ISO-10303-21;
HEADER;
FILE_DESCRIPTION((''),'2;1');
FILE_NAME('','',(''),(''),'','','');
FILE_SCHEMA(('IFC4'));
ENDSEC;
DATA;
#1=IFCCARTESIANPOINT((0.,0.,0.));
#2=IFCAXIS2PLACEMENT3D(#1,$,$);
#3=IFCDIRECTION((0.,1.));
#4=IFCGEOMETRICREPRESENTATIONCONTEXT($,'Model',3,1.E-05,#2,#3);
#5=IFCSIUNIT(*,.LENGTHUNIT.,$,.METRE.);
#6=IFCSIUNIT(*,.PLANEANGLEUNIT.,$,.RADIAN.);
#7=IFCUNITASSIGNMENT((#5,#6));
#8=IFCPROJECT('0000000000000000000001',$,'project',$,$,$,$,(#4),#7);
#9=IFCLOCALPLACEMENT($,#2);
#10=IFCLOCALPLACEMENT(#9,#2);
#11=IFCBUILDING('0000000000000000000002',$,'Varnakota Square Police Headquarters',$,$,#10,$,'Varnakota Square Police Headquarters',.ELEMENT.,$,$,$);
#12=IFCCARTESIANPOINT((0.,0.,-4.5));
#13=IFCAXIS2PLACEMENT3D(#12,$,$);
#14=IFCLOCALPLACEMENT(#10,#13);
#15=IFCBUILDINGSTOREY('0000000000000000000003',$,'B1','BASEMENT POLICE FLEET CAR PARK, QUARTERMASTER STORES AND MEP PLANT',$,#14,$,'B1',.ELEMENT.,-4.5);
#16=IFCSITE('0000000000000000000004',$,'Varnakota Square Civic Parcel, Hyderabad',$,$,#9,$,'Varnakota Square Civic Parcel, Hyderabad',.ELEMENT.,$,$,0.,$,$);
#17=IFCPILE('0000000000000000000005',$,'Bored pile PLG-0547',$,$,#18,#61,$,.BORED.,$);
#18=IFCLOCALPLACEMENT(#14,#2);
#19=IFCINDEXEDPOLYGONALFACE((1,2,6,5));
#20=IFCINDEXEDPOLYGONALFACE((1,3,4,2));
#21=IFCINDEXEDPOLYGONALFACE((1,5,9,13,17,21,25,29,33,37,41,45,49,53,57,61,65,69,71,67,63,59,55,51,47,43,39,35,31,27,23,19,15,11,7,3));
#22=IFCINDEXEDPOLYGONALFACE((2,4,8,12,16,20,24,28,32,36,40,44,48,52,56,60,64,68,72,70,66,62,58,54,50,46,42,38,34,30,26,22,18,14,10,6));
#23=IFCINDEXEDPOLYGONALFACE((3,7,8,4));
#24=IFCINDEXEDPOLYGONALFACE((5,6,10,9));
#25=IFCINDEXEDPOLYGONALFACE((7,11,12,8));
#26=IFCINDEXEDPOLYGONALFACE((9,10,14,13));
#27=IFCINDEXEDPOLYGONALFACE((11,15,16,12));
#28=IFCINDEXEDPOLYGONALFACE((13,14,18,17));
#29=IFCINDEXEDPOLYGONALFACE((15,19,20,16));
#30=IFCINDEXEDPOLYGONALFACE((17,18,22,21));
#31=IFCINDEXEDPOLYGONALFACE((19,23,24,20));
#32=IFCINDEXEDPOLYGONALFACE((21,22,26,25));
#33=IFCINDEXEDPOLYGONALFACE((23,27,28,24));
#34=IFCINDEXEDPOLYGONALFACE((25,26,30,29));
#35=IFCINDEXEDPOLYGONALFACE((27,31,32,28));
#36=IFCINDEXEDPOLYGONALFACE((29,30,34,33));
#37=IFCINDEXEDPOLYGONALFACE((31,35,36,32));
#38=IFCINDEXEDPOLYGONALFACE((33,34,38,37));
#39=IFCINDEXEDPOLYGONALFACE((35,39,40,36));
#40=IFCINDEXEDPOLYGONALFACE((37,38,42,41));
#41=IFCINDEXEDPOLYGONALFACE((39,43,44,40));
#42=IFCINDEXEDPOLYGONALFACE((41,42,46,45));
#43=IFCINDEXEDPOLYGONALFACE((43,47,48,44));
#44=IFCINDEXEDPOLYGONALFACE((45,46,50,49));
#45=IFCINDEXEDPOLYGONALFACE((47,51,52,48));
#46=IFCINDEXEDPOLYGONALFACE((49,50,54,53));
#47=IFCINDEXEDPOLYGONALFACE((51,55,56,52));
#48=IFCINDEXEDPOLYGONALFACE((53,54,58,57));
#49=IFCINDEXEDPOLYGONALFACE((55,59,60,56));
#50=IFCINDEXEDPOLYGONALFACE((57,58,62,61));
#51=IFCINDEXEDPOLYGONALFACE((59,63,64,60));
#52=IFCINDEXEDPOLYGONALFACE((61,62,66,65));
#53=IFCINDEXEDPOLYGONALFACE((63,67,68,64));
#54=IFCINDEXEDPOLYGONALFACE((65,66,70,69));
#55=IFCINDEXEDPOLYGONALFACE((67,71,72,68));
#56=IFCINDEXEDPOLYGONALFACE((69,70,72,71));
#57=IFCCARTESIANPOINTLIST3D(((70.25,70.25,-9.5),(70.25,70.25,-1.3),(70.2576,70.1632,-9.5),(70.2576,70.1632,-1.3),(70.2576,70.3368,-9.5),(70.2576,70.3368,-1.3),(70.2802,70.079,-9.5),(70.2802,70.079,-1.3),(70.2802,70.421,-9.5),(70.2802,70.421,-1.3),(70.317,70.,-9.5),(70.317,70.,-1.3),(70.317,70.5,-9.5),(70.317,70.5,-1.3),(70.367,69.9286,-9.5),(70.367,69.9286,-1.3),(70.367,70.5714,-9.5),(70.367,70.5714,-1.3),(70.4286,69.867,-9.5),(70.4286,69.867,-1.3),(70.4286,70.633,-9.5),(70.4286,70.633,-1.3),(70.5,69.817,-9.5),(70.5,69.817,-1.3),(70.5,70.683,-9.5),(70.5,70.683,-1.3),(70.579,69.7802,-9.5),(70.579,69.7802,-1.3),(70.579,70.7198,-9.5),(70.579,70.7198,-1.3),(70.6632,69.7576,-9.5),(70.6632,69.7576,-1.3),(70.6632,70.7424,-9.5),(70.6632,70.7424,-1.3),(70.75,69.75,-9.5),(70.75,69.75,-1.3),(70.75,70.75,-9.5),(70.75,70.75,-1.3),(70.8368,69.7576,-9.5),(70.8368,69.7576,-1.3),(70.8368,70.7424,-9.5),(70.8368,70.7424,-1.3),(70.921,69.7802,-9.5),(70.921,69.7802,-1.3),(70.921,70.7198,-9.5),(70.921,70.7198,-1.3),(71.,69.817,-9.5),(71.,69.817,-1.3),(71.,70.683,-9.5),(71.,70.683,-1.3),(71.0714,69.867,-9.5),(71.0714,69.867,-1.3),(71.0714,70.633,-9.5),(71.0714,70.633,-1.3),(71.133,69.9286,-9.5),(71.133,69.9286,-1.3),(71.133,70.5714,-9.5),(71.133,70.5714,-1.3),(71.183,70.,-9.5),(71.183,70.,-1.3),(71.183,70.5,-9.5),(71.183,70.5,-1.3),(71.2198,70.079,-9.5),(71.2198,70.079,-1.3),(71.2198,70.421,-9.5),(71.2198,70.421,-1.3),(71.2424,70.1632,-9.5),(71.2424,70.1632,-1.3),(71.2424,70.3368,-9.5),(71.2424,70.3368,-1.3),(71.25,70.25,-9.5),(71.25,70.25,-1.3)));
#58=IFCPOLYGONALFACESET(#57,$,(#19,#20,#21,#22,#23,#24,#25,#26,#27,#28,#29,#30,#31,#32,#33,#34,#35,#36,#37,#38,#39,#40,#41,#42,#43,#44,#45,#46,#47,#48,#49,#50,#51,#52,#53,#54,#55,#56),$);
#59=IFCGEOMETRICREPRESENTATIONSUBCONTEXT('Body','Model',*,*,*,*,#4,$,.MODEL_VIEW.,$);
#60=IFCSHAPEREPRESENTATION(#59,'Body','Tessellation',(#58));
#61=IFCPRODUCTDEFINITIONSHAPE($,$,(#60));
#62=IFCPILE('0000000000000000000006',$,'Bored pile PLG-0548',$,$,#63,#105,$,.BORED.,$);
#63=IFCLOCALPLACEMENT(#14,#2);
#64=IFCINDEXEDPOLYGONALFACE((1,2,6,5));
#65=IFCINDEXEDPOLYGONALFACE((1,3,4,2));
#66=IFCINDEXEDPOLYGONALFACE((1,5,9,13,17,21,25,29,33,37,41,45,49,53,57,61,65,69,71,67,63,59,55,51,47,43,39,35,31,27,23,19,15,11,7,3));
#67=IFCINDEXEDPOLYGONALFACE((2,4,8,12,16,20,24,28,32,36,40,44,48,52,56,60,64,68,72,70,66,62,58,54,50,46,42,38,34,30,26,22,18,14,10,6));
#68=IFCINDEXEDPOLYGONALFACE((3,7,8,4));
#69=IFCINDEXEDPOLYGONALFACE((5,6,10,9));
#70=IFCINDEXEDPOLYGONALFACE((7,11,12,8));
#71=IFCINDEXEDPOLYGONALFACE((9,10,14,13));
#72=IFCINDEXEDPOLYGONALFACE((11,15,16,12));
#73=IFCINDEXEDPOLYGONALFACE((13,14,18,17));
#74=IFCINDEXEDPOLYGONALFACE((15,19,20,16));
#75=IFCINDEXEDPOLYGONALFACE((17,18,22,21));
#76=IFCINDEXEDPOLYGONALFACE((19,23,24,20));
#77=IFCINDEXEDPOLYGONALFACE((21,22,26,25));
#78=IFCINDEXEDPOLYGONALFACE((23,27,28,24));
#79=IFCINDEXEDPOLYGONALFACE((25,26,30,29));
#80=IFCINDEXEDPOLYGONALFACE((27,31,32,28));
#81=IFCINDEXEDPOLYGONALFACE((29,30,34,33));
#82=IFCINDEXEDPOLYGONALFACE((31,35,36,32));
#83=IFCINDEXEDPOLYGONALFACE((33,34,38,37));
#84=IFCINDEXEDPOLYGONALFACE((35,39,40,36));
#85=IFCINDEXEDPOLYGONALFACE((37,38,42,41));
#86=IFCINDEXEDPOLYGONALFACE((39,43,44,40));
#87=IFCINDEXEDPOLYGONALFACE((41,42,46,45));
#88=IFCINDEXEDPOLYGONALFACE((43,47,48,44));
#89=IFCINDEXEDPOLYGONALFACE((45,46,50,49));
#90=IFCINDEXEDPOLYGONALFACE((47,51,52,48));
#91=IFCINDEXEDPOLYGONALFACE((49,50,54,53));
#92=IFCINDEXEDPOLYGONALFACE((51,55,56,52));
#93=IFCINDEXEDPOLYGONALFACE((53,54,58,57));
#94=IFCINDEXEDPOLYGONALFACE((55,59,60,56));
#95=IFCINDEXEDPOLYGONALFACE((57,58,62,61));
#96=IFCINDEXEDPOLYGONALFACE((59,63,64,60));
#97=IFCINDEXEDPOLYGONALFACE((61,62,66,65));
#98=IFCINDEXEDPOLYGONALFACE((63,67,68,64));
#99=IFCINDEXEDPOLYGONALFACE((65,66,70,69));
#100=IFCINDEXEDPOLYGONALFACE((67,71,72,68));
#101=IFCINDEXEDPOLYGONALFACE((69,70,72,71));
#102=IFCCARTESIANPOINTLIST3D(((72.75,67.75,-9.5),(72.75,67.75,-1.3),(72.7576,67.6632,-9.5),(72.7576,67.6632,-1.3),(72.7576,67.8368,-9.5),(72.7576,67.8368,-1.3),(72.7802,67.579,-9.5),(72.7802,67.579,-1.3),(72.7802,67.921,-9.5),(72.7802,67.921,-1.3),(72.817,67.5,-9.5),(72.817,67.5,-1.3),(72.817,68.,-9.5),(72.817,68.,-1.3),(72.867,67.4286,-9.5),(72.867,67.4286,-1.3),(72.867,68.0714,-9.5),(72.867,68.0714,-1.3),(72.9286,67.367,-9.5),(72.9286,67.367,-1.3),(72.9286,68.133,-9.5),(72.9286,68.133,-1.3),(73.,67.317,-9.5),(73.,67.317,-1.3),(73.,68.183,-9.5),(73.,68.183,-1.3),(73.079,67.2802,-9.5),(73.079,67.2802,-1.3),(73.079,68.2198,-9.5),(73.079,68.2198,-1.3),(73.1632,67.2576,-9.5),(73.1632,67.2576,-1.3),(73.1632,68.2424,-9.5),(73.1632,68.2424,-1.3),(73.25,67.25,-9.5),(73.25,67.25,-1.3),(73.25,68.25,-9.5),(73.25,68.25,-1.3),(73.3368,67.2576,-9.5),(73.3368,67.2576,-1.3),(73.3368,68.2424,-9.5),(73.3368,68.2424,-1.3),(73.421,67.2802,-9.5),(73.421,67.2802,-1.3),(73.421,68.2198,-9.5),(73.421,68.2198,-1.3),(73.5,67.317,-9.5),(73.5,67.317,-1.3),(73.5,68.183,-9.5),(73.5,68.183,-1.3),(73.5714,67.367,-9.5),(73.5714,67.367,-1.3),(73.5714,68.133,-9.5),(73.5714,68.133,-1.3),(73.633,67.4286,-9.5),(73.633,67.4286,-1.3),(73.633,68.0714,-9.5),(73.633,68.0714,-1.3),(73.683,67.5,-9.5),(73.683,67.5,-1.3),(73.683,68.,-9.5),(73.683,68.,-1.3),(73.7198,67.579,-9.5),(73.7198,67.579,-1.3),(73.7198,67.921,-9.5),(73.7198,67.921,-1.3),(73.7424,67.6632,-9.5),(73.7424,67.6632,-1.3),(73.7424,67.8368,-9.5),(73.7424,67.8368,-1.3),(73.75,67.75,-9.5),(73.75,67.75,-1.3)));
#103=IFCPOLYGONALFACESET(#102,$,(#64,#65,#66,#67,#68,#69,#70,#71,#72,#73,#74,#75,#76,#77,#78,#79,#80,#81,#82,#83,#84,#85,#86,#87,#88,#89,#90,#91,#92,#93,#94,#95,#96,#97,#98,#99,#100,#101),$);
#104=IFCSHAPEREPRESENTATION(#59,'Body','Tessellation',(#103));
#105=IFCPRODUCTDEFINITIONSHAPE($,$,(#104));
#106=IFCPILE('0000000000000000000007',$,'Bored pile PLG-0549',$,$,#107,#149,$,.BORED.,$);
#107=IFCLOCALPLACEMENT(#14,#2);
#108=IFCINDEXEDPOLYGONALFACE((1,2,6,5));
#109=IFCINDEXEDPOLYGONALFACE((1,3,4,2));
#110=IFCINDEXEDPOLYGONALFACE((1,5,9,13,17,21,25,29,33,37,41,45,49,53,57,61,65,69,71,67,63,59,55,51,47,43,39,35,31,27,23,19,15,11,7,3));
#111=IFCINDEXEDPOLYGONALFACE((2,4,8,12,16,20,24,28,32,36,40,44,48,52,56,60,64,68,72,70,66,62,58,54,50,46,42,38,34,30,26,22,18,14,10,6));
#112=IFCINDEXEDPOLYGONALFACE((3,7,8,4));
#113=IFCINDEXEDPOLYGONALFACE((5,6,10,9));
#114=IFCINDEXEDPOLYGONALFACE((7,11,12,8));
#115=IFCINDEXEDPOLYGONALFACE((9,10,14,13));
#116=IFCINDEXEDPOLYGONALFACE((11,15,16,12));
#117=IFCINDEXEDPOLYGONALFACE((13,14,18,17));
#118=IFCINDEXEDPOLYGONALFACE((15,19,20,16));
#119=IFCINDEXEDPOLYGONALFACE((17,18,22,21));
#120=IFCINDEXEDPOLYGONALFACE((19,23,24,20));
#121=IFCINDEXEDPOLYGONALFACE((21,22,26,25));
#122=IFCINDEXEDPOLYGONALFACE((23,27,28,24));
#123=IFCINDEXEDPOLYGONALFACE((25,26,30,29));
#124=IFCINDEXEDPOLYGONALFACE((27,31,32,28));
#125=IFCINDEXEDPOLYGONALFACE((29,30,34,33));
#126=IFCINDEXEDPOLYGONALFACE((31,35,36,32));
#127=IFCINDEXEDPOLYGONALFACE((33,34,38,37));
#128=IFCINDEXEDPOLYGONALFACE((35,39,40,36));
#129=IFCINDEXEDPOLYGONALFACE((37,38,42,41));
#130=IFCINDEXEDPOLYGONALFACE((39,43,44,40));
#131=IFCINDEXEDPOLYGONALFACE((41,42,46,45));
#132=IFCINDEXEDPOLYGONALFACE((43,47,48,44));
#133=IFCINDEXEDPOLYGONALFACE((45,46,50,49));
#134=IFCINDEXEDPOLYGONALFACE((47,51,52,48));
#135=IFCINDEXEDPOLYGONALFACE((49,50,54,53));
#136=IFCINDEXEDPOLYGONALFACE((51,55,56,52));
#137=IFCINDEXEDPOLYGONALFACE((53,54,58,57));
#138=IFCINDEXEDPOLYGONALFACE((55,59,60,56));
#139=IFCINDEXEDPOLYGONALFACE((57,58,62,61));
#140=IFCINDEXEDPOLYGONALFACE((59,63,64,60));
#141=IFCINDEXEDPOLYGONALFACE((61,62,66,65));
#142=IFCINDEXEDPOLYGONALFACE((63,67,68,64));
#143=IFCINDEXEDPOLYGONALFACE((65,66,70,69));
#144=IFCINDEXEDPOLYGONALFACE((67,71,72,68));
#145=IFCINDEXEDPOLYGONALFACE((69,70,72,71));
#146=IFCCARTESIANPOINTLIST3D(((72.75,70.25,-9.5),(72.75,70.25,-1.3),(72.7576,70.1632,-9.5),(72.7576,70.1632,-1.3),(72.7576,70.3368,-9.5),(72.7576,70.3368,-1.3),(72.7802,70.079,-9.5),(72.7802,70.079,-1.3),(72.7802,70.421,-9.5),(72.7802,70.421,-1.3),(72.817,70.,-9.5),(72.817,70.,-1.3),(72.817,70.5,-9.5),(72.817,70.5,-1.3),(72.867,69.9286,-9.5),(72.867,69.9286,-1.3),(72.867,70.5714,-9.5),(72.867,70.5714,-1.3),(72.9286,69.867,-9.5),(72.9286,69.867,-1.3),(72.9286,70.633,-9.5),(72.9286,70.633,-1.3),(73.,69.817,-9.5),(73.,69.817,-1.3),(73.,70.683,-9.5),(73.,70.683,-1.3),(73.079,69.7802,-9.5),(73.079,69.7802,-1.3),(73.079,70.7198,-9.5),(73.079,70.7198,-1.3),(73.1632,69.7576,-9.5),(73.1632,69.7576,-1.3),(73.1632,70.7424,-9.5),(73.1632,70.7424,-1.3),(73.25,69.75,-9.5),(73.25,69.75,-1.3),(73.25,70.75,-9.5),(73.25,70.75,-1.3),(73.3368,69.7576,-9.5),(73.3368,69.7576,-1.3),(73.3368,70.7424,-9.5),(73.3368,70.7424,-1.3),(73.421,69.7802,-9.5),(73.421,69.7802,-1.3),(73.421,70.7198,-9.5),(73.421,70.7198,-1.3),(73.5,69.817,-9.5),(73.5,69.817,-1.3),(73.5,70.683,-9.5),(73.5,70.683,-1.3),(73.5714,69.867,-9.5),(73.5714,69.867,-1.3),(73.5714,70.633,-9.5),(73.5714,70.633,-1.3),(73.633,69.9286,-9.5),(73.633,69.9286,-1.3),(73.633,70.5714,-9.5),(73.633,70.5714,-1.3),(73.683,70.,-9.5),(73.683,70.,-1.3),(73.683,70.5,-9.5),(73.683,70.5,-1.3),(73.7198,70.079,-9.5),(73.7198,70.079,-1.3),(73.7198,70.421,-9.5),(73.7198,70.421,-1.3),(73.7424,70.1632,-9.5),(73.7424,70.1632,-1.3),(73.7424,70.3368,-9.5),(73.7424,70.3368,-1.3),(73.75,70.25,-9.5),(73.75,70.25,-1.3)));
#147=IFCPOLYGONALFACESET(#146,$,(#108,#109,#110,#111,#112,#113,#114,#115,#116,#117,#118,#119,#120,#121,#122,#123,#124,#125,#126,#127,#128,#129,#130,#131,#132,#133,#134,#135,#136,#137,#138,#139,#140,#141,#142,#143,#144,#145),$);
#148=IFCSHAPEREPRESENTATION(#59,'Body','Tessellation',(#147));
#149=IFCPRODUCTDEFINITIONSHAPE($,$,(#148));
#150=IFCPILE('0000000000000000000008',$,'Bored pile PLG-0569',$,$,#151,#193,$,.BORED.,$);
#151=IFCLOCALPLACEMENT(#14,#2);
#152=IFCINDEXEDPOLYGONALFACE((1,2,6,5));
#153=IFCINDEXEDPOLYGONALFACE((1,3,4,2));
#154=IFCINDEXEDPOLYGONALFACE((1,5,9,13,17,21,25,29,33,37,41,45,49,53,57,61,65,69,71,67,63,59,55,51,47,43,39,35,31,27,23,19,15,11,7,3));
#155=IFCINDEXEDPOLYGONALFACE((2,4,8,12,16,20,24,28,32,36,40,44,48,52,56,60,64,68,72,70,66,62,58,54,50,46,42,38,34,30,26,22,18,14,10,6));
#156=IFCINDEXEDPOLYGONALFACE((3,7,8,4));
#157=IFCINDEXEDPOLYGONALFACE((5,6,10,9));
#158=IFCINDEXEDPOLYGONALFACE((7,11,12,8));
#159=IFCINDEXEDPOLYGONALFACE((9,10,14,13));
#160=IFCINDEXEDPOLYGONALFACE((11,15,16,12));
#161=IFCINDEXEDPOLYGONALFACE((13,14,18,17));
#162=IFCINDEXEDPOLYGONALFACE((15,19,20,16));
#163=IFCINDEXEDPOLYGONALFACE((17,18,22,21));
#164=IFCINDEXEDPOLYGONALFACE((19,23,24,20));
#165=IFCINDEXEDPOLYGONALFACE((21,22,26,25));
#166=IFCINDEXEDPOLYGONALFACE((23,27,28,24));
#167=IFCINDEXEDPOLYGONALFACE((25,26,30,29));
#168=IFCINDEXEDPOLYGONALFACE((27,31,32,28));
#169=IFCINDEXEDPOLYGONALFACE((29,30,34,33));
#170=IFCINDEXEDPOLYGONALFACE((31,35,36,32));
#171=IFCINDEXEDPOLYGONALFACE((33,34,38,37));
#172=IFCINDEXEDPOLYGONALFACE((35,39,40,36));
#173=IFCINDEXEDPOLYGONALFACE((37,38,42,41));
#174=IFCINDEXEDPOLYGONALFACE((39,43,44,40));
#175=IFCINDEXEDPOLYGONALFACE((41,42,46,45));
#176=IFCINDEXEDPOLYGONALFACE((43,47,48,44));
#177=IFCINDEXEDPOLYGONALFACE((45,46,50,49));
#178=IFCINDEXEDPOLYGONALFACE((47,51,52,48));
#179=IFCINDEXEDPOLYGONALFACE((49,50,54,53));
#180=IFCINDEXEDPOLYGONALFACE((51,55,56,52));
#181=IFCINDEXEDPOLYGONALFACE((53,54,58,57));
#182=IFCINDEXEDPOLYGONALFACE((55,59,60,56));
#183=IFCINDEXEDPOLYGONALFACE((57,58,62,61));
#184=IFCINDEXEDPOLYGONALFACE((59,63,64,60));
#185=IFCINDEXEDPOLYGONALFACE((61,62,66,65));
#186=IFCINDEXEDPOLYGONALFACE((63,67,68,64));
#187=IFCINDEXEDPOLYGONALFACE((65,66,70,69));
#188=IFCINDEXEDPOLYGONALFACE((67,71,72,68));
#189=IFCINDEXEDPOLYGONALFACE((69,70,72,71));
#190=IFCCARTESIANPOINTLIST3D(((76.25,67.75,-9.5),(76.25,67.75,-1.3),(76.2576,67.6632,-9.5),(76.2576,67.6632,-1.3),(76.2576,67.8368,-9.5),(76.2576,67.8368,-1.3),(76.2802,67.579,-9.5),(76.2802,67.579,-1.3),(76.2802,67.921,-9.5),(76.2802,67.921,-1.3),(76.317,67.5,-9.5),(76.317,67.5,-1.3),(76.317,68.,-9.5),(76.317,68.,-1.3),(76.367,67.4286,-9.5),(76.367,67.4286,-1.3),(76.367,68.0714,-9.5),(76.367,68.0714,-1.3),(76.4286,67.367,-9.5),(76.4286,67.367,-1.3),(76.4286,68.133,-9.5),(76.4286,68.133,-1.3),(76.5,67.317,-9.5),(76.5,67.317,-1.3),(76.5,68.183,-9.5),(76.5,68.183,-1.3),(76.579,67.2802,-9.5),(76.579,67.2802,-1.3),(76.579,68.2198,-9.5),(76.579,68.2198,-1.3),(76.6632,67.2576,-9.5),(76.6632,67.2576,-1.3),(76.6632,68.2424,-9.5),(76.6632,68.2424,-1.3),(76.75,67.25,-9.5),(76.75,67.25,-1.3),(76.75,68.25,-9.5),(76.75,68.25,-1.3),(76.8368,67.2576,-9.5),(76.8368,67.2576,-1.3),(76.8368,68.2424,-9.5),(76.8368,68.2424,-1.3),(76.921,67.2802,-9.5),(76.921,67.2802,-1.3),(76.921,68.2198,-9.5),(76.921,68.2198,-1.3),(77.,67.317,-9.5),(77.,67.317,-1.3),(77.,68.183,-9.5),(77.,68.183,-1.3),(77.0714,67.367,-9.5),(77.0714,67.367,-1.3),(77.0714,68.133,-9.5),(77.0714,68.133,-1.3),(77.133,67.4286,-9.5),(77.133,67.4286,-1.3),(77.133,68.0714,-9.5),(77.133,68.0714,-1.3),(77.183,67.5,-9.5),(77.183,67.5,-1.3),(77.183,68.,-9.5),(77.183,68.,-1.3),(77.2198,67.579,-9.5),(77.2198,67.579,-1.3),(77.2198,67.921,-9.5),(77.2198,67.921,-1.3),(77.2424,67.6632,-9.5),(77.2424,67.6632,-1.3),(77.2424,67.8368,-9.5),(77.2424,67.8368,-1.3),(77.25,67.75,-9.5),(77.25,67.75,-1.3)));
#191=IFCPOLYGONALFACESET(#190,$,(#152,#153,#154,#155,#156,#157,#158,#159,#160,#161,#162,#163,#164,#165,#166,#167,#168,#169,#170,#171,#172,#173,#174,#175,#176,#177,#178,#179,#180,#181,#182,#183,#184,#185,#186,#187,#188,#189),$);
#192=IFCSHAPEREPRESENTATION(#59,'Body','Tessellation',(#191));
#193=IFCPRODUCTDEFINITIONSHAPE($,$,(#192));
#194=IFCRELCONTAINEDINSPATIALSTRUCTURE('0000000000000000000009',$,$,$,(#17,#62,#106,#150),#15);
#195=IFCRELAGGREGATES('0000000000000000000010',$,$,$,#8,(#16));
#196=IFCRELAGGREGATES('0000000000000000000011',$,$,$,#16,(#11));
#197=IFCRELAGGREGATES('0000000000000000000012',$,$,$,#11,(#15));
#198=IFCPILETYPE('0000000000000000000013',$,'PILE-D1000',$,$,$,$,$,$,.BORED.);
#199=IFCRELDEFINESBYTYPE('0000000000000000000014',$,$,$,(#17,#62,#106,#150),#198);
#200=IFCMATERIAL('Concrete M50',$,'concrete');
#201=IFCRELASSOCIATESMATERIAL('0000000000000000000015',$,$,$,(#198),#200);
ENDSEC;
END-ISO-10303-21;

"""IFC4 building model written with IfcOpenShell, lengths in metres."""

from ifc_helpers import new_model, si_unit, direction, frame, origin, origin_2d, place, context, subcontext, project, spatial, circle, extrude, material, material_profile, profile_set, type_object, element, save


model = new_model("IFC4")

# Units and contexts
model_context = context("Model", 3, precision=1e-05, world=origin(), true_north=direction((0.0, 1.0)))
body_context = subcontext(model_context, "Body", "Model", "MODEL_VIEW")
ifc_project = project(units=[si_unit("LENGTHUNIT", "METRE"), si_unit("PLANEANGLEUNIT", "RADIAN")], contexts=[model_context])

# Site, building, storey
site_placement = place(None, origin())
site = spatial("IfcSite", under=ifc_project, at=site_placement, Name="Varnakota Square Civic Parcel, Hyderabad", LongName="Varnakota Square Civic Parcel, Hyderabad", CompositionType="ELEMENT", RefElevation=0.0)
building_placement = place(site_placement, origin())
building = spatial("IfcBuilding", under=site, at=building_placement, Name="Varnakota Square Police Headquarters", LongName="Varnakota Square Police Headquarters", CompositionType="ELEMENT")
storey_placement = place(building_placement, frame((0.0, 0.0, -4.5)))
storey = spatial("IfcBuildingStorey", under=building, at=storey_placement, Name="B1", Description="BASEMENT POLICE FLEET CAR PARK, QUARTERMASTER STORES AND MEP PLANT", LongName="B1", CompositionType="ELEMENT", Elevation=-4.5)

# Shared definitions
ifc_material_1 = material(Name="Concrete M50", Category="concrete")

# Piles
ifc_material_profile_1 = material_profile(ifc_material_1, circle(Radius=0.5, at=origin_2d()), Name="BORED PILE 1000")
ifc_profile_set_1 = profile_set([ifc_material_profile_1], Name="Concrete M50")
pile_type = type_object("IfcPileType", Name="PILE-D1000", PredefinedType="BORED", material=ifc_profile_set_1)
for number, where, z_axis, x_axis, name in (
    (1, (70.75, 70.25, -1.3), (0.0, 0.0, -1.0), (1.0, 0.0, 0.0), "Bored pile PLG-0547"),
    (2, (73.25, 67.75, -1.3), (0.0, 0.0, -1.0), (1.0, 0.0, 0.0), "Bored pile PLG-0548"),
    (3, (73.25, 70.25, -1.3), (0.0, 0.0, -1.0), (1.0, 0.0, 0.0), "Bored pile PLG-0549"),
    (4, (76.75, 67.75, -1.3), (0.0, 0.0, -1.0), (1.0, 0.0, 0.0), "Bored pile PLG-0569"),
):
    element("IfcPile", number, at=place(storey_placement, frame(where, z_axis=z_axis, x_axis=x_axis)), inside=storey, type_object=pile_type, Name=name, PredefinedType="BORED", context=body_context, shape_type="SweptSolid", body=[
        extrude(circle(Radius=0.5, at=origin_2d()), origin(), (0.0, 0.0, 1.0), 8.2),
    ])

save(model, "model.ifc")
